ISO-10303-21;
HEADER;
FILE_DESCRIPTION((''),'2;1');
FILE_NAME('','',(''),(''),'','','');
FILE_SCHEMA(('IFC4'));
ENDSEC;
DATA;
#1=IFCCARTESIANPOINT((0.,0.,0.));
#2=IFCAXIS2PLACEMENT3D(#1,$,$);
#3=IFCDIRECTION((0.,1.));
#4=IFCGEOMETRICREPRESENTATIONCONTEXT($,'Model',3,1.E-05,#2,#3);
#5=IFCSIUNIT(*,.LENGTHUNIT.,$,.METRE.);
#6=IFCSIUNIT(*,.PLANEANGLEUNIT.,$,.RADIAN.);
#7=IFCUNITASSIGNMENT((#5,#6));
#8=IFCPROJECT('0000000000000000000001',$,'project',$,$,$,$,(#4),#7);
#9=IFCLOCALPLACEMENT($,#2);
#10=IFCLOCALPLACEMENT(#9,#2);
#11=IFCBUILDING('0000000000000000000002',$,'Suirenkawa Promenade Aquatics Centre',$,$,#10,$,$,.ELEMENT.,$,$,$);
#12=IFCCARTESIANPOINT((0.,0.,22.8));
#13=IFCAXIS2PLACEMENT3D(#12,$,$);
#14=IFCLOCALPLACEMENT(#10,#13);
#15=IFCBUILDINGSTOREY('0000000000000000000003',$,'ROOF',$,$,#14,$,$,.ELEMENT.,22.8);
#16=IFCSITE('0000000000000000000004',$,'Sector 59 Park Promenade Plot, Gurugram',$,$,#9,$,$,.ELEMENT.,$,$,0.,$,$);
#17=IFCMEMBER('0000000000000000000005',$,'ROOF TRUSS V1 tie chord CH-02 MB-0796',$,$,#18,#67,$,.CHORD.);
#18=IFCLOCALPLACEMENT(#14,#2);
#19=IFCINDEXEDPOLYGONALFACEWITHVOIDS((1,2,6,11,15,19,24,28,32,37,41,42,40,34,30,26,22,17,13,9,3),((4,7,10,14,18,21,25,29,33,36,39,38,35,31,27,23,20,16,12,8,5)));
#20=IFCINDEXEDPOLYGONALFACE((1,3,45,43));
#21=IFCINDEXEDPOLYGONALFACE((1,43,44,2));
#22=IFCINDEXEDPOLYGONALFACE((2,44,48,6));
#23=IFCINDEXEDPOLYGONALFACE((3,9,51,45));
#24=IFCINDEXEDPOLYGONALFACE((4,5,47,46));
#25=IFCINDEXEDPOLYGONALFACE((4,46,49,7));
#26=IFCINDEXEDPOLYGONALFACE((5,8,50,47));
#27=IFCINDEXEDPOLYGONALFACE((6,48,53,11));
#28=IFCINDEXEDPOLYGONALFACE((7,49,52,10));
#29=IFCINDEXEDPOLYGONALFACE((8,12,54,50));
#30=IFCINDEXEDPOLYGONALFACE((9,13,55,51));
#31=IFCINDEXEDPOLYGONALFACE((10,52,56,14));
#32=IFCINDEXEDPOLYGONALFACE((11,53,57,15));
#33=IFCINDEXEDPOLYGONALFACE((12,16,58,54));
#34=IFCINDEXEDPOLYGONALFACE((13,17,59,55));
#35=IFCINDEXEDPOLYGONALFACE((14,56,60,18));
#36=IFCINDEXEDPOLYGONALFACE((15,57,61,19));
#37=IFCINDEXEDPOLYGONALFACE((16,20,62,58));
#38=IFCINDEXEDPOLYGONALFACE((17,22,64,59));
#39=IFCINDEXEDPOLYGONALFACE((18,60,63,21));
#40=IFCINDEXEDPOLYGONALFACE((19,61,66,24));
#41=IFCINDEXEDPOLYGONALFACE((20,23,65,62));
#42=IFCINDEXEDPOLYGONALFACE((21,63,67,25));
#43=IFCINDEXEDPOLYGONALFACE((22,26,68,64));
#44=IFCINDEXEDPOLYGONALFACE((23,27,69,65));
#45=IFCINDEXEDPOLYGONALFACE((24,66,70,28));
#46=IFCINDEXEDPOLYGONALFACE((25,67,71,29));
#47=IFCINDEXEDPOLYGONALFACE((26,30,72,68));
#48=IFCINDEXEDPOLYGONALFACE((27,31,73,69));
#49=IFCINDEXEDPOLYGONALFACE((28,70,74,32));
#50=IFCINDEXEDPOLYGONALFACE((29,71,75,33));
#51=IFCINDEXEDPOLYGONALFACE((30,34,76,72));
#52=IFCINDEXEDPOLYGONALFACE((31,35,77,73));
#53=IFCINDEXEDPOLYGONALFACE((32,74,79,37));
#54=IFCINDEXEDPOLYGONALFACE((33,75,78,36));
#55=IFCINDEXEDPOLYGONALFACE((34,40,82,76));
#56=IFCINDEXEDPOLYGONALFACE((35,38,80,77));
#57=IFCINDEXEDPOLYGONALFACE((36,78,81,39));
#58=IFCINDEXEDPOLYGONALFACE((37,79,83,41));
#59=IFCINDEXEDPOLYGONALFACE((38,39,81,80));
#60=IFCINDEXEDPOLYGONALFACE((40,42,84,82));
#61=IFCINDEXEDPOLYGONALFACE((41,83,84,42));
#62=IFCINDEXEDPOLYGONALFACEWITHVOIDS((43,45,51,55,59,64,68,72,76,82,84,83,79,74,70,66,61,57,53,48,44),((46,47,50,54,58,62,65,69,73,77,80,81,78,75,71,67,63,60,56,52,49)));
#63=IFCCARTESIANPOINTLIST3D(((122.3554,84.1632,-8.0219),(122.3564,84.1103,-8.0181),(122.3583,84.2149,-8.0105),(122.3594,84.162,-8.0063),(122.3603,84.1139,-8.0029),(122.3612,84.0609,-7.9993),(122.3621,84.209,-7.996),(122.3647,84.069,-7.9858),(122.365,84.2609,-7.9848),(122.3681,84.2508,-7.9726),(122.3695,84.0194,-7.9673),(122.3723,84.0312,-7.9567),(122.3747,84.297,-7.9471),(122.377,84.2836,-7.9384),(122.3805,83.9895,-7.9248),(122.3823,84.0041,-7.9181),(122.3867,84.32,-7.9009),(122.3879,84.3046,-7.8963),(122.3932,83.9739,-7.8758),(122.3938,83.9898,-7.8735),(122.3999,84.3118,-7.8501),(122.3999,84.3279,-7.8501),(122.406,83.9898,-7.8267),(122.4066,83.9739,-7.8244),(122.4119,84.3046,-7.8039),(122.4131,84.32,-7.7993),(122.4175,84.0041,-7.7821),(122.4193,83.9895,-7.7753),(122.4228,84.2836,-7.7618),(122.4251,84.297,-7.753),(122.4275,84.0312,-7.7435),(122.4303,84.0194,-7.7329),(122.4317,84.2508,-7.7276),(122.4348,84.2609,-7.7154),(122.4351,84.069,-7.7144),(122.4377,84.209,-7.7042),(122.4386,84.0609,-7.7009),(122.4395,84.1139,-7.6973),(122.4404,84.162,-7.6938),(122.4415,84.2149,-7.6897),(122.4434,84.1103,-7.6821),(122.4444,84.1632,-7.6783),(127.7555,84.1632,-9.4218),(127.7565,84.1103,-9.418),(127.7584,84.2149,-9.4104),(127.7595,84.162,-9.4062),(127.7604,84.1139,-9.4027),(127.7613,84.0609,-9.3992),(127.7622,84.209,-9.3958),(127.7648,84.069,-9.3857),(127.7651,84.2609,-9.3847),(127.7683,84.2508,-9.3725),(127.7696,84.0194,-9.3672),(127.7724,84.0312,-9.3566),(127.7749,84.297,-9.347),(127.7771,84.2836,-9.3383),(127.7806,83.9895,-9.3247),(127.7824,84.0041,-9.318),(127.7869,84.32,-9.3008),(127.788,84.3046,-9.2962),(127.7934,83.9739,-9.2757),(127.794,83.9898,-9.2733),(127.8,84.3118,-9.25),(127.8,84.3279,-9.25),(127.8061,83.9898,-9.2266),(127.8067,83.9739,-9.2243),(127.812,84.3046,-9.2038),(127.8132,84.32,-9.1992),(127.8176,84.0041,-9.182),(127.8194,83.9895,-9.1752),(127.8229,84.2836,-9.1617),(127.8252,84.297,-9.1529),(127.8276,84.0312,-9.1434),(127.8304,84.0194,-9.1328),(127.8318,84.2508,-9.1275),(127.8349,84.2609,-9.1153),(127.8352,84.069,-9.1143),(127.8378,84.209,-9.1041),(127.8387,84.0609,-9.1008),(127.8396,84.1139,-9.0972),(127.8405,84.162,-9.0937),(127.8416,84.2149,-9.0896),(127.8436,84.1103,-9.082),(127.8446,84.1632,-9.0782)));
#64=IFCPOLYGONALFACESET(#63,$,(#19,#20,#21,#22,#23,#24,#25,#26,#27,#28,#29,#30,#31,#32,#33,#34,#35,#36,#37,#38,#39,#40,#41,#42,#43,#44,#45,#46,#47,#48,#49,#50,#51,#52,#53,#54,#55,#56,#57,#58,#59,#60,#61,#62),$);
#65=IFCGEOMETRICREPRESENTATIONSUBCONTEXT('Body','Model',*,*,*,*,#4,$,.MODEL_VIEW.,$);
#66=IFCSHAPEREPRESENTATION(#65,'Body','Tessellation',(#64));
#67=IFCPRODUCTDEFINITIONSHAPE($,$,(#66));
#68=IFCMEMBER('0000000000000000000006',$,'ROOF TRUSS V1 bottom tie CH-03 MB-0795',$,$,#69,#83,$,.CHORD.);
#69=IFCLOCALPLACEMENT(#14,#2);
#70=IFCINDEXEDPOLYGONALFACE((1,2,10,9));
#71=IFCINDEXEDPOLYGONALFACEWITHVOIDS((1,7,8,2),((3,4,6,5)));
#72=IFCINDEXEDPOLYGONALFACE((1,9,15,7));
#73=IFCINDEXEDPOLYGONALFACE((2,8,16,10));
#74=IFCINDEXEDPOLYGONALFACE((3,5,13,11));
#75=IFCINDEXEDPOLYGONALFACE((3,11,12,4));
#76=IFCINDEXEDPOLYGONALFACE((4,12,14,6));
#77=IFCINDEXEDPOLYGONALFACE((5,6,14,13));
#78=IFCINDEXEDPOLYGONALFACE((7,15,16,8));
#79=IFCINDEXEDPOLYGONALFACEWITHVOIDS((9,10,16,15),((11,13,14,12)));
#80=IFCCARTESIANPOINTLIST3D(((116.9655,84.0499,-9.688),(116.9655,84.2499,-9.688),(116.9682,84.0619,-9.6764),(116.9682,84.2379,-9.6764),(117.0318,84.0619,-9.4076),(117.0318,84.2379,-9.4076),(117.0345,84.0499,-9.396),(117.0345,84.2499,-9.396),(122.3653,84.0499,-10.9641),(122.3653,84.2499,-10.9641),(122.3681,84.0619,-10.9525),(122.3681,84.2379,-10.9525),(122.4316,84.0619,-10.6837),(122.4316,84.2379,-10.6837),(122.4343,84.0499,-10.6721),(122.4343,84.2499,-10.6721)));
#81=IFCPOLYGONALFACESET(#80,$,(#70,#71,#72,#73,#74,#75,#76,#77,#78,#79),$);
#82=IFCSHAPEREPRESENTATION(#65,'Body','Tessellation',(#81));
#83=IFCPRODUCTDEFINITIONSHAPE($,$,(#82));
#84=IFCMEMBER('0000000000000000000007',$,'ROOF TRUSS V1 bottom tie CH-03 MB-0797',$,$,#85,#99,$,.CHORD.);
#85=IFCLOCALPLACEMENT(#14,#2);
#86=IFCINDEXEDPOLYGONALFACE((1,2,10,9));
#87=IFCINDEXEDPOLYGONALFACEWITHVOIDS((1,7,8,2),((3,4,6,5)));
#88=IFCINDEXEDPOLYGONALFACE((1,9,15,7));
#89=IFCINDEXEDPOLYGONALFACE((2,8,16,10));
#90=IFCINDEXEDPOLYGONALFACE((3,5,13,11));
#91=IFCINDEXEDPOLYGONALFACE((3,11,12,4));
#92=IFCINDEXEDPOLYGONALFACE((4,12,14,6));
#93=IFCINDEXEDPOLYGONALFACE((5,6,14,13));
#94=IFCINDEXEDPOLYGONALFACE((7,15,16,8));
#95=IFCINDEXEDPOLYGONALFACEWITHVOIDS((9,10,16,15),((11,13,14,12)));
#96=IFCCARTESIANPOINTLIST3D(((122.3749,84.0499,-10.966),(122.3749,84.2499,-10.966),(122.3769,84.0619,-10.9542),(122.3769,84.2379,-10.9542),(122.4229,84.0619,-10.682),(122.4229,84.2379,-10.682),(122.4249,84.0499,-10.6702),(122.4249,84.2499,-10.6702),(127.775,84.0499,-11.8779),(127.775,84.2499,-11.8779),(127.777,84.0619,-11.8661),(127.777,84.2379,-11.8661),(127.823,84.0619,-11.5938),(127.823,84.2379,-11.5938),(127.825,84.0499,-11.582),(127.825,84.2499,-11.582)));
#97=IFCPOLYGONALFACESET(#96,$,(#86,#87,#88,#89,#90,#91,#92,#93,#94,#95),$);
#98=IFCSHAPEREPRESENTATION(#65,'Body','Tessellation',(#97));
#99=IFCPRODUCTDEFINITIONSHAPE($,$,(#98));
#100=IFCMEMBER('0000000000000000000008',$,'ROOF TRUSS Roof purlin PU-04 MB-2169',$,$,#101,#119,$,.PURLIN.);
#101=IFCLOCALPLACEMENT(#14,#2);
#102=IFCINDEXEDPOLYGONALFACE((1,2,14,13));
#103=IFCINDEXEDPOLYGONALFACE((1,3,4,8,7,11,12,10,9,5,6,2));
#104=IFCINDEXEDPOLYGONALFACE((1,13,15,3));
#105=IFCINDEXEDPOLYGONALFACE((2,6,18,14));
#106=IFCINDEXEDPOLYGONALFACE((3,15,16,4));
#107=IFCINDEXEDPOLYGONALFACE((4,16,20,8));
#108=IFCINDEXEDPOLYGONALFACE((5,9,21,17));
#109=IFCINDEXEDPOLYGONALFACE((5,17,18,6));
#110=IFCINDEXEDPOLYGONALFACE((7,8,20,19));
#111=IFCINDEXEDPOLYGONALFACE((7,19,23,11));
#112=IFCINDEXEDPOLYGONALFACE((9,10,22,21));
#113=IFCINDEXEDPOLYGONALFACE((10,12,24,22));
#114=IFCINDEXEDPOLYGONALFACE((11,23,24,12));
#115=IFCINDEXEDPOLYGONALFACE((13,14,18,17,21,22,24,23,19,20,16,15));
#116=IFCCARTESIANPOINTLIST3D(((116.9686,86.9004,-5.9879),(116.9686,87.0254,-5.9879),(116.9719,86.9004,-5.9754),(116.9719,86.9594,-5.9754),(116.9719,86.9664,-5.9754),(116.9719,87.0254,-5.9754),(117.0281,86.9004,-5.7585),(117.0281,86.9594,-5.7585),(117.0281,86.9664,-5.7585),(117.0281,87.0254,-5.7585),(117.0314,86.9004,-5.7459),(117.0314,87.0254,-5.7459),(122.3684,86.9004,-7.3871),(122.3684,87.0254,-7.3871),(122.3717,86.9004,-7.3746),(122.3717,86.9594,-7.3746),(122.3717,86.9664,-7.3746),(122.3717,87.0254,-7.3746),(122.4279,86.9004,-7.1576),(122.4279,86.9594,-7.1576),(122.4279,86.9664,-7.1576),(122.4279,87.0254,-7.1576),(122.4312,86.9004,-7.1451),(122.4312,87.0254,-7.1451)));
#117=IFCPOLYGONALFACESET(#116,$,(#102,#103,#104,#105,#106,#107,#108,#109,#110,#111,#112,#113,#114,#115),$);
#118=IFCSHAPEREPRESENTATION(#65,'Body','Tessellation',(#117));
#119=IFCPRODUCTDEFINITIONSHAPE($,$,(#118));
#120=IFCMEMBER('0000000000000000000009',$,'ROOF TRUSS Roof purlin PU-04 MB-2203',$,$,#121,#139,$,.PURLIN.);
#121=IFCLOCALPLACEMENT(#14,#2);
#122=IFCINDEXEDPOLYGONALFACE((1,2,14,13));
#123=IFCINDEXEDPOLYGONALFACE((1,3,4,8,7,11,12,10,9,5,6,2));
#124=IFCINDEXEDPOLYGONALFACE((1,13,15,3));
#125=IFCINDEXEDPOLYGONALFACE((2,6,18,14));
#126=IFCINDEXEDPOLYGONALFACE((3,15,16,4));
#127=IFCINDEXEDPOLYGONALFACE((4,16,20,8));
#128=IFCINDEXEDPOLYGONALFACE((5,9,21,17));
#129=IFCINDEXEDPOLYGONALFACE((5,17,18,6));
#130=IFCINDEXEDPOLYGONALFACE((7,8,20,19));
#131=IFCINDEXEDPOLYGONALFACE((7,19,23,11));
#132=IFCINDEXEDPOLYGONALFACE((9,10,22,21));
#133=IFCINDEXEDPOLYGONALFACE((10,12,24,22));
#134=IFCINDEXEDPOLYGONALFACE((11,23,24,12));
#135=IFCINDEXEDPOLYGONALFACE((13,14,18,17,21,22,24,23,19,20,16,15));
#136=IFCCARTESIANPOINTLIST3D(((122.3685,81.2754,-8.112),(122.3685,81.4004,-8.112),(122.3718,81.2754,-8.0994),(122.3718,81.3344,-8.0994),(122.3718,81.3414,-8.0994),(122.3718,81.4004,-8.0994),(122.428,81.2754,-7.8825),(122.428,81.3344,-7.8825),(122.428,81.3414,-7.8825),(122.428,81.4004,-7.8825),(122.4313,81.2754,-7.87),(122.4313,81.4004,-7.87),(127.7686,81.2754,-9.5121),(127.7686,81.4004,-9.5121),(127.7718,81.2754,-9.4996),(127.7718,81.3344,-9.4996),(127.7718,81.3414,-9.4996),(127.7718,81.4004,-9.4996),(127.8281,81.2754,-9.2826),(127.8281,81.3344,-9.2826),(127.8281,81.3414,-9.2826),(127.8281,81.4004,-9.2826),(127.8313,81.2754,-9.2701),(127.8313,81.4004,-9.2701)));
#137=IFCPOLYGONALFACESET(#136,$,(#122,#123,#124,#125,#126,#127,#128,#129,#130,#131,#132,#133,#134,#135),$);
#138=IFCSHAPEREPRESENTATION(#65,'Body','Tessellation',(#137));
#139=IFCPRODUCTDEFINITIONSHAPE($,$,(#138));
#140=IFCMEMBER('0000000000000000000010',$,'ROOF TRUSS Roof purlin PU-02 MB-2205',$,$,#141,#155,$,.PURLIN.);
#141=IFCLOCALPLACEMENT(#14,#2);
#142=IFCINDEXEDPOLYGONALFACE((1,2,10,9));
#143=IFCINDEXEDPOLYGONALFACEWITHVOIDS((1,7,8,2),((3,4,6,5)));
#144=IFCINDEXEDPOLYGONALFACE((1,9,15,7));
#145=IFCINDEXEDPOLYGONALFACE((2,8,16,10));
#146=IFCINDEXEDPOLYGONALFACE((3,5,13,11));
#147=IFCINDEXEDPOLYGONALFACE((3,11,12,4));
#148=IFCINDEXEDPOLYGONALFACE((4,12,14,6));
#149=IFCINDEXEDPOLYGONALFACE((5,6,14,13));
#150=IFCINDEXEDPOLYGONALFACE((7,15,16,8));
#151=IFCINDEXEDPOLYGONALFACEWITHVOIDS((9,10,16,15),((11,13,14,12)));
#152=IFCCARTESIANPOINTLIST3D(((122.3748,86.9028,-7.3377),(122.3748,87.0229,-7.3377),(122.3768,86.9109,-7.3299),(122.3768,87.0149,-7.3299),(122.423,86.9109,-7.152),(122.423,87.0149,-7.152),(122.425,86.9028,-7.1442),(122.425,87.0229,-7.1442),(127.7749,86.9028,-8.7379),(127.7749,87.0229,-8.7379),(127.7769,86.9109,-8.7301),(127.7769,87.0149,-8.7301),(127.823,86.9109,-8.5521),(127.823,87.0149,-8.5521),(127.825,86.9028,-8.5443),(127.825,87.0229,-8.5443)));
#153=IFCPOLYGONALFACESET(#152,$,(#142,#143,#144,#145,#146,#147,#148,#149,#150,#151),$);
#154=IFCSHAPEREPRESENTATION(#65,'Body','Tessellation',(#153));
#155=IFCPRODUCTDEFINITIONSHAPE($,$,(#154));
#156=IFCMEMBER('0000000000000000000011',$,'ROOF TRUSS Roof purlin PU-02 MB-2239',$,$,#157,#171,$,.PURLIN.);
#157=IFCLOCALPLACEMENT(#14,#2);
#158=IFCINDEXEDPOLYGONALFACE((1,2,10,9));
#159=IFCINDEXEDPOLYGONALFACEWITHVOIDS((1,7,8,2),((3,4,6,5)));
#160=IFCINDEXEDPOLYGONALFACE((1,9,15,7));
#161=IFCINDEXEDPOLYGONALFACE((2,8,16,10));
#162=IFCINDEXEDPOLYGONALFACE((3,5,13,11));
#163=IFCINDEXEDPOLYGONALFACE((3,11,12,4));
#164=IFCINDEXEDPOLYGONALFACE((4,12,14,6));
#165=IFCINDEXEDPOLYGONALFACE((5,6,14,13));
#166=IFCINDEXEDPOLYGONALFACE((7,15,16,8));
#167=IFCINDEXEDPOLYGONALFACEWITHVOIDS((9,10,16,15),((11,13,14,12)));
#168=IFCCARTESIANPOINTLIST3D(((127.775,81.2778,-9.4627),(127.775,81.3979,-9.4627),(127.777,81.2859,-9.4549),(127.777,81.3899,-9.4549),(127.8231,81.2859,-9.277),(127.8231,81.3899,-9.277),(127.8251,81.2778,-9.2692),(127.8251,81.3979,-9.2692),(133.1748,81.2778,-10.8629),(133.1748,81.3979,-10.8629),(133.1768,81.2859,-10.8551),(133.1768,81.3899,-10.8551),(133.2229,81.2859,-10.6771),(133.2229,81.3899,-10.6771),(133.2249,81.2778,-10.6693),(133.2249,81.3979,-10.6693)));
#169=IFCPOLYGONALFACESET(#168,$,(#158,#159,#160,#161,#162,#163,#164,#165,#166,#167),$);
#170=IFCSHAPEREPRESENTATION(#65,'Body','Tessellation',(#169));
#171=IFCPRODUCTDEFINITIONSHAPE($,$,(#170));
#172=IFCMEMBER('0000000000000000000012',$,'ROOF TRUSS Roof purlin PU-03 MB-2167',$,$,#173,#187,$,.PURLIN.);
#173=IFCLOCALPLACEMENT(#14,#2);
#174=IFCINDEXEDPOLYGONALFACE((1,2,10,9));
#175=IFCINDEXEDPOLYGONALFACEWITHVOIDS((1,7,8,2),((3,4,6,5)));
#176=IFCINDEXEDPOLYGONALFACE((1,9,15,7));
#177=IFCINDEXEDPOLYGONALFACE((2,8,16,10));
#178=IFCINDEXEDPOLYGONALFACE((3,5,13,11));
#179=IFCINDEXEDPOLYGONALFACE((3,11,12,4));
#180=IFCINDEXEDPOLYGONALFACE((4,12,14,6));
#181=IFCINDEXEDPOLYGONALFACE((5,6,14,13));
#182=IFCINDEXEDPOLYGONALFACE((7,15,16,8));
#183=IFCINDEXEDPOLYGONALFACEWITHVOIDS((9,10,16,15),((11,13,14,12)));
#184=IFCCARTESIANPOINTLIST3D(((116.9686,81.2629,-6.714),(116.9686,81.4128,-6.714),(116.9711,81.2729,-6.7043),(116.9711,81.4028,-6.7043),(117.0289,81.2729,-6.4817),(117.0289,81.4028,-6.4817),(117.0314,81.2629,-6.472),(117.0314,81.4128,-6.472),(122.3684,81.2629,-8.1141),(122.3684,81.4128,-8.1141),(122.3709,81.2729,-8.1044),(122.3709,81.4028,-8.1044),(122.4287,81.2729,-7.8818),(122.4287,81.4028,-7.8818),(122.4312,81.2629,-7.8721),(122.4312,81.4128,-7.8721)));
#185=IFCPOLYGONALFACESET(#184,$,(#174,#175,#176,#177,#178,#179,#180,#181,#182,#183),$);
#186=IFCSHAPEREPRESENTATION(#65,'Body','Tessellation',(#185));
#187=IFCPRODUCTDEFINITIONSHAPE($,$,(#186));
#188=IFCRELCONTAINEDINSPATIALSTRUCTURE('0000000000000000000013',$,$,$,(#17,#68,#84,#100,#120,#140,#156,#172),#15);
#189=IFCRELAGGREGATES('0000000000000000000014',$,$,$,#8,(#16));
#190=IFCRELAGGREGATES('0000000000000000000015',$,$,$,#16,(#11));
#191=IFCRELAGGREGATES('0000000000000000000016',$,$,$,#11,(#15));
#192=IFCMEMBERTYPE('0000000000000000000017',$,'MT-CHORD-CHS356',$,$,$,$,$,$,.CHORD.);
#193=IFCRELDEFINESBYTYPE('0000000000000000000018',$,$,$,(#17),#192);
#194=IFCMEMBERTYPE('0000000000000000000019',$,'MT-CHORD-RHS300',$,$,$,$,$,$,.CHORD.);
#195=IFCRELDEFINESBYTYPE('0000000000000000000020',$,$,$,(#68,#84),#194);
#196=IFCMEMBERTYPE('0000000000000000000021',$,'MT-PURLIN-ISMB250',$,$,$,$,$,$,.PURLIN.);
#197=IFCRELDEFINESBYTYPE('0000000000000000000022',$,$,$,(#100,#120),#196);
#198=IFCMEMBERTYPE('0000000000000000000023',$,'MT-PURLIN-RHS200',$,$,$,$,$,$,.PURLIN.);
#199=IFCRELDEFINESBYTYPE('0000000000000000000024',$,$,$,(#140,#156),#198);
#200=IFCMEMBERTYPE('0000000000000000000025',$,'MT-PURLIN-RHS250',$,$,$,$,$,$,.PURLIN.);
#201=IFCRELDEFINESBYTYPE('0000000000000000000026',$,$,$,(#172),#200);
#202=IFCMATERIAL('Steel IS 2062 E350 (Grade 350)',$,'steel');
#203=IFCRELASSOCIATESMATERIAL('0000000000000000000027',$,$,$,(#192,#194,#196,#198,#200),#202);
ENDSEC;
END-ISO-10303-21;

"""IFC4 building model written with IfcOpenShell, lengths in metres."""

from ifc_helpers import new_model, si_unit, direction, frame, origin, origin_2d, place, context, subcontext, project, spatial, hollow_rectangle, hollow_circle, i_section, extrude, material, material_profile, profile_set, type_object, element, save


model = new_model("IFC4")

# Units and contexts
model_context = context("Model", 3, precision=1e-05, world=origin(), true_north=direction((0.0, 1.0)))
body_context = subcontext(model_context, "Body", "Model", "MODEL_VIEW")
ifc_project = project(units=[si_unit("LENGTHUNIT", "METRE"), si_unit("PLANEANGLEUNIT", "RADIAN")], contexts=[model_context])

# Site, building, storey
site_placement = place(None, origin())
site = spatial("IfcSite", under=ifc_project, at=site_placement, Name="Sector 59 Park Promenade Plot, Gurugram", CompositionType="ELEMENT", RefElevation=0.0)
building_placement = place(site_placement, origin())
building = spatial("IfcBuilding", under=site, at=building_placement, Name="Suirenkawa Promenade Aquatics Centre", CompositionType="ELEMENT")
storey_placement = place(building_placement, frame((0.0, 0.0, 22.8)))
storey = spatial("IfcBuildingStorey", under=building, at=storey_placement, Name="ROOF", CompositionType="ELEMENT", Elevation=22.8)

# Shared definitions
ifc_material = material(Name="Steel IS 2062 E350 (Grade 350)", Category="steel")

# Members
ifc_material_profile_1 = material_profile(ifc_material, hollow_circle(Radius=0.178, WallThickness=0.0161, at=origin_2d()), Name="CHS 356x16", Category="steel")
ifc_profile_set_1 = profile_set([ifc_material_profile_1], Name="Steel IS 2062 E350 (Grade 350)")
member_type_1 = type_object("IfcMemberType", Name="MT-CHORD-CHS356", PredefinedType="CHORD", material=ifc_profile_set_1)
member_1_placement = place(storey_placement, frame((122.3999, 84.1499, -7.8501), z_axis=(0.968003, 0.0, -0.250939), x_axis=(0.0, 1.0, 0.0)))
element("IfcMember", 1, at=member_1_placement, inside=storey, type_object=member_type_1, Name="ROOF TRUSS V1 tie chord CH-02 MB-0796", PredefinedType="CHORD", context=body_context, shape_type="SweptSolid", body=[
    extrude(hollow_circle(Radius=0.178, WallThickness=0.0161, at=origin_2d()), origin(), (0.0, 0.0, 1.0), 5.5786),
])
ifc_material_profile_2 = material_profile(ifc_material, hollow_rectangle(XDim=0.2, YDim=0.3, WallThickness=0.012, at=origin_2d()), Name="RHS 300x200x12", Category="steel")
ifc_profile_set_2 = profile_set([ifc_material_profile_2], Name="Steel IS 2062 E350 (Grade 350)")
member_type_2 = type_object("IfcMemberType", Name="MT-CHORD-RHS300", PredefinedType="CHORD", material=ifc_profile_set_2)
member_2_placement = place(storey_placement, frame((117.0, 84.1499, -9.542), z_axis=(0.973193, 0.0, -0.229988), x_axis=(0.0, 1.0, 0.0)))
element("IfcMember", 2, at=member_2_placement, inside=storey, type_object=member_type_2, Name="ROOF TRUSS V1 bottom tie CH-03 MB-0795", PredefinedType="CHORD", context=body_context, shape_type="SweptSolid", body=[
    extrude(hollow_rectangle(XDim=0.2, YDim=0.3, WallThickness=0.012, at=origin_2d()), origin(), (0.0, 0.0, 1.0), 5.5486),
])
member_3_placement = place(storey_placement, frame((122.3999, 84.1499, -10.8181), z_axis=(0.986041, 0.0, -0.166502), x_axis=(0.0, 1.0, 0.0)))
element("IfcMember", 3, at=member_3_placement, inside=storey, type_object=member_type_2, Name="ROOF TRUSS V1 bottom tie CH-03 MB-0797", PredefinedType="CHORD", context=body_context, shape_type="SweptSolid", body=[
    extrude(hollow_rectangle(XDim=0.2, YDim=0.3, WallThickness=0.012, at=origin_2d()), origin(), (0.0, 0.0, 1.0), 5.4766),
])
ifc_material_profile_3 = material_profile(ifc_material, i_section(OverallWidth=0.125, OverallDepth=0.25, WebThickness=0.0071, FlangeThickness=0.0129, at=origin_2d()), Name="ISMB 250", Category="steel")
ifc_profile_set_3 = profile_set([ifc_material_profile_3], Name="Steel IS 2062 E350 (Grade 350)")
member_type_3 = type_object("IfcMemberType", Name="MT-PURLIN-ISMB250", PredefinedType="PURLIN", material=ifc_profile_set_3)
member_4_placement = place(storey_placement, frame((117.0, 86.9629, -5.8669), z_axis=(0.968032, 0.0, -0.250827), x_axis=(0.0, 1.0, 0.0)))
element("IfcMember", 4, at=member_4_placement, inside=storey, type_object=member_type_3, Name="ROOF TRUSS Roof purlin PU-04 MB-2169", PredefinedType="PURLIN", context=body_context, shape_type="SweptSolid", body=[
    extrude(i_section(OverallWidth=0.125, OverallDepth=0.25, WebThickness=0.0071, FlangeThickness=0.0129, at=origin_2d()), origin(), (0.0, 0.0, 1.0), 5.5781),
])
member_5_placement = place(storey_placement, frame((122.3999, 81.3379, -7.991), z_axis=(0.967992, 0.0, -0.25098), x_axis=(0.0, 1.0, 0.0)))
element("IfcMember", 5, at=member_5_placement, inside=storey, type_object=member_type_3, Name="ROOF TRUSS Roof purlin PU-04 MB-2203", PredefinedType="PURLIN", context=body_context, shape_type="SweptSolid", body=[
    extrude(i_section(OverallWidth=0.125, OverallDepth=0.25, WebThickness=0.0071, FlangeThickness=0.0129, at=origin_2d()), origin(), (0.0, 0.0, 1.0), 5.5786),
])
ifc_material_profile_4 = material_profile(ifc_material, hollow_rectangle(XDim=0.1201, YDim=0.2, WallThickness=0.0081, at=origin_2d()), Name="RHS 200x120x8", Category="steel")
ifc_profile_set_4 = profile_set([ifc_material_profile_4], Name="Steel IS 2062 E350 (Grade 350)")
member_type_4 = type_object("IfcMemberType", Name="MT-PURLIN-RHS200", PredefinedType="PURLIN", material=ifc_profile_set_4)
member_6_placement = place(storey_placement, frame((122.3999, 86.9629, -7.241), z_axis=(0.967992, 0.0, -0.25098), x_axis=(0.0, 1.0, 0.0)))
element("IfcMember", 6, at=member_6_placement, inside=storey, type_object=member_type_4, Name="ROOF TRUSS Roof purlin PU-02 MB-2205", PredefinedType="PURLIN", context=body_context, shape_type="SweptSolid", body=[
    extrude(hollow_rectangle(XDim=0.1201, YDim=0.2, WallThickness=0.0081, at=origin_2d()), origin(), (0.0, 0.0, 1.0), 5.5786),
])
member_7_placement = place(storey_placement, frame((127.8, 81.3379, -9.366), z_axis=(0.967989, 0.0, -0.250991), x_axis=(0.0, 1.0, 0.0)))
element("IfcMember", 7, at=member_7_placement, inside=storey, type_object=member_type_4, Name="ROOF TRUSS Roof purlin PU-02 MB-2239", PredefinedType="PURLIN", context=body_context, shape_type="SweptSolid", body=[
    extrude(hollow_rectangle(XDim=0.1201, YDim=0.2, WallThickness=0.0081, at=origin_2d()), origin(), (0.0, 0.0, 1.0), 5.5784),
])
ifc_material_profile_5 = material_profile(ifc_material, hollow_rectangle(XDim=0.1499, YDim=0.25, WallThickness=0.01, at=origin_2d()), Name="RHS 250x150x10", Category="steel")
ifc_profile_set_5 = profile_set([ifc_material_profile_5], Name="Steel IS 2062 E350 (Grade 350)")
member_type_5 = type_object("IfcMemberType", Name="MT-PURLIN-RHS250", PredefinedType="PURLIN", material=ifc_profile_set_5)
member_8_placement = place(storey_placement, frame((117.0, 81.3379, -6.593), z_axis=(0.967989, 0.0, -0.250991), x_axis=(0.0, 1.0, 0.0)))
element("IfcMember", 8, at=member_8_placement, inside=storey, type_object=member_type_5, Name="ROOF TRUSS Roof purlin PU-03 MB-2167", PredefinedType="PURLIN", context=body_context, shape_type="SweptSolid", body=[
    extrude(hollow_rectangle(XDim=0.1499, YDim=0.25, WallThickness=0.01, at=origin_2d()), origin(), (0.0, 0.0, 1.0), 5.5784),
])

save(model, "model.ifc")
